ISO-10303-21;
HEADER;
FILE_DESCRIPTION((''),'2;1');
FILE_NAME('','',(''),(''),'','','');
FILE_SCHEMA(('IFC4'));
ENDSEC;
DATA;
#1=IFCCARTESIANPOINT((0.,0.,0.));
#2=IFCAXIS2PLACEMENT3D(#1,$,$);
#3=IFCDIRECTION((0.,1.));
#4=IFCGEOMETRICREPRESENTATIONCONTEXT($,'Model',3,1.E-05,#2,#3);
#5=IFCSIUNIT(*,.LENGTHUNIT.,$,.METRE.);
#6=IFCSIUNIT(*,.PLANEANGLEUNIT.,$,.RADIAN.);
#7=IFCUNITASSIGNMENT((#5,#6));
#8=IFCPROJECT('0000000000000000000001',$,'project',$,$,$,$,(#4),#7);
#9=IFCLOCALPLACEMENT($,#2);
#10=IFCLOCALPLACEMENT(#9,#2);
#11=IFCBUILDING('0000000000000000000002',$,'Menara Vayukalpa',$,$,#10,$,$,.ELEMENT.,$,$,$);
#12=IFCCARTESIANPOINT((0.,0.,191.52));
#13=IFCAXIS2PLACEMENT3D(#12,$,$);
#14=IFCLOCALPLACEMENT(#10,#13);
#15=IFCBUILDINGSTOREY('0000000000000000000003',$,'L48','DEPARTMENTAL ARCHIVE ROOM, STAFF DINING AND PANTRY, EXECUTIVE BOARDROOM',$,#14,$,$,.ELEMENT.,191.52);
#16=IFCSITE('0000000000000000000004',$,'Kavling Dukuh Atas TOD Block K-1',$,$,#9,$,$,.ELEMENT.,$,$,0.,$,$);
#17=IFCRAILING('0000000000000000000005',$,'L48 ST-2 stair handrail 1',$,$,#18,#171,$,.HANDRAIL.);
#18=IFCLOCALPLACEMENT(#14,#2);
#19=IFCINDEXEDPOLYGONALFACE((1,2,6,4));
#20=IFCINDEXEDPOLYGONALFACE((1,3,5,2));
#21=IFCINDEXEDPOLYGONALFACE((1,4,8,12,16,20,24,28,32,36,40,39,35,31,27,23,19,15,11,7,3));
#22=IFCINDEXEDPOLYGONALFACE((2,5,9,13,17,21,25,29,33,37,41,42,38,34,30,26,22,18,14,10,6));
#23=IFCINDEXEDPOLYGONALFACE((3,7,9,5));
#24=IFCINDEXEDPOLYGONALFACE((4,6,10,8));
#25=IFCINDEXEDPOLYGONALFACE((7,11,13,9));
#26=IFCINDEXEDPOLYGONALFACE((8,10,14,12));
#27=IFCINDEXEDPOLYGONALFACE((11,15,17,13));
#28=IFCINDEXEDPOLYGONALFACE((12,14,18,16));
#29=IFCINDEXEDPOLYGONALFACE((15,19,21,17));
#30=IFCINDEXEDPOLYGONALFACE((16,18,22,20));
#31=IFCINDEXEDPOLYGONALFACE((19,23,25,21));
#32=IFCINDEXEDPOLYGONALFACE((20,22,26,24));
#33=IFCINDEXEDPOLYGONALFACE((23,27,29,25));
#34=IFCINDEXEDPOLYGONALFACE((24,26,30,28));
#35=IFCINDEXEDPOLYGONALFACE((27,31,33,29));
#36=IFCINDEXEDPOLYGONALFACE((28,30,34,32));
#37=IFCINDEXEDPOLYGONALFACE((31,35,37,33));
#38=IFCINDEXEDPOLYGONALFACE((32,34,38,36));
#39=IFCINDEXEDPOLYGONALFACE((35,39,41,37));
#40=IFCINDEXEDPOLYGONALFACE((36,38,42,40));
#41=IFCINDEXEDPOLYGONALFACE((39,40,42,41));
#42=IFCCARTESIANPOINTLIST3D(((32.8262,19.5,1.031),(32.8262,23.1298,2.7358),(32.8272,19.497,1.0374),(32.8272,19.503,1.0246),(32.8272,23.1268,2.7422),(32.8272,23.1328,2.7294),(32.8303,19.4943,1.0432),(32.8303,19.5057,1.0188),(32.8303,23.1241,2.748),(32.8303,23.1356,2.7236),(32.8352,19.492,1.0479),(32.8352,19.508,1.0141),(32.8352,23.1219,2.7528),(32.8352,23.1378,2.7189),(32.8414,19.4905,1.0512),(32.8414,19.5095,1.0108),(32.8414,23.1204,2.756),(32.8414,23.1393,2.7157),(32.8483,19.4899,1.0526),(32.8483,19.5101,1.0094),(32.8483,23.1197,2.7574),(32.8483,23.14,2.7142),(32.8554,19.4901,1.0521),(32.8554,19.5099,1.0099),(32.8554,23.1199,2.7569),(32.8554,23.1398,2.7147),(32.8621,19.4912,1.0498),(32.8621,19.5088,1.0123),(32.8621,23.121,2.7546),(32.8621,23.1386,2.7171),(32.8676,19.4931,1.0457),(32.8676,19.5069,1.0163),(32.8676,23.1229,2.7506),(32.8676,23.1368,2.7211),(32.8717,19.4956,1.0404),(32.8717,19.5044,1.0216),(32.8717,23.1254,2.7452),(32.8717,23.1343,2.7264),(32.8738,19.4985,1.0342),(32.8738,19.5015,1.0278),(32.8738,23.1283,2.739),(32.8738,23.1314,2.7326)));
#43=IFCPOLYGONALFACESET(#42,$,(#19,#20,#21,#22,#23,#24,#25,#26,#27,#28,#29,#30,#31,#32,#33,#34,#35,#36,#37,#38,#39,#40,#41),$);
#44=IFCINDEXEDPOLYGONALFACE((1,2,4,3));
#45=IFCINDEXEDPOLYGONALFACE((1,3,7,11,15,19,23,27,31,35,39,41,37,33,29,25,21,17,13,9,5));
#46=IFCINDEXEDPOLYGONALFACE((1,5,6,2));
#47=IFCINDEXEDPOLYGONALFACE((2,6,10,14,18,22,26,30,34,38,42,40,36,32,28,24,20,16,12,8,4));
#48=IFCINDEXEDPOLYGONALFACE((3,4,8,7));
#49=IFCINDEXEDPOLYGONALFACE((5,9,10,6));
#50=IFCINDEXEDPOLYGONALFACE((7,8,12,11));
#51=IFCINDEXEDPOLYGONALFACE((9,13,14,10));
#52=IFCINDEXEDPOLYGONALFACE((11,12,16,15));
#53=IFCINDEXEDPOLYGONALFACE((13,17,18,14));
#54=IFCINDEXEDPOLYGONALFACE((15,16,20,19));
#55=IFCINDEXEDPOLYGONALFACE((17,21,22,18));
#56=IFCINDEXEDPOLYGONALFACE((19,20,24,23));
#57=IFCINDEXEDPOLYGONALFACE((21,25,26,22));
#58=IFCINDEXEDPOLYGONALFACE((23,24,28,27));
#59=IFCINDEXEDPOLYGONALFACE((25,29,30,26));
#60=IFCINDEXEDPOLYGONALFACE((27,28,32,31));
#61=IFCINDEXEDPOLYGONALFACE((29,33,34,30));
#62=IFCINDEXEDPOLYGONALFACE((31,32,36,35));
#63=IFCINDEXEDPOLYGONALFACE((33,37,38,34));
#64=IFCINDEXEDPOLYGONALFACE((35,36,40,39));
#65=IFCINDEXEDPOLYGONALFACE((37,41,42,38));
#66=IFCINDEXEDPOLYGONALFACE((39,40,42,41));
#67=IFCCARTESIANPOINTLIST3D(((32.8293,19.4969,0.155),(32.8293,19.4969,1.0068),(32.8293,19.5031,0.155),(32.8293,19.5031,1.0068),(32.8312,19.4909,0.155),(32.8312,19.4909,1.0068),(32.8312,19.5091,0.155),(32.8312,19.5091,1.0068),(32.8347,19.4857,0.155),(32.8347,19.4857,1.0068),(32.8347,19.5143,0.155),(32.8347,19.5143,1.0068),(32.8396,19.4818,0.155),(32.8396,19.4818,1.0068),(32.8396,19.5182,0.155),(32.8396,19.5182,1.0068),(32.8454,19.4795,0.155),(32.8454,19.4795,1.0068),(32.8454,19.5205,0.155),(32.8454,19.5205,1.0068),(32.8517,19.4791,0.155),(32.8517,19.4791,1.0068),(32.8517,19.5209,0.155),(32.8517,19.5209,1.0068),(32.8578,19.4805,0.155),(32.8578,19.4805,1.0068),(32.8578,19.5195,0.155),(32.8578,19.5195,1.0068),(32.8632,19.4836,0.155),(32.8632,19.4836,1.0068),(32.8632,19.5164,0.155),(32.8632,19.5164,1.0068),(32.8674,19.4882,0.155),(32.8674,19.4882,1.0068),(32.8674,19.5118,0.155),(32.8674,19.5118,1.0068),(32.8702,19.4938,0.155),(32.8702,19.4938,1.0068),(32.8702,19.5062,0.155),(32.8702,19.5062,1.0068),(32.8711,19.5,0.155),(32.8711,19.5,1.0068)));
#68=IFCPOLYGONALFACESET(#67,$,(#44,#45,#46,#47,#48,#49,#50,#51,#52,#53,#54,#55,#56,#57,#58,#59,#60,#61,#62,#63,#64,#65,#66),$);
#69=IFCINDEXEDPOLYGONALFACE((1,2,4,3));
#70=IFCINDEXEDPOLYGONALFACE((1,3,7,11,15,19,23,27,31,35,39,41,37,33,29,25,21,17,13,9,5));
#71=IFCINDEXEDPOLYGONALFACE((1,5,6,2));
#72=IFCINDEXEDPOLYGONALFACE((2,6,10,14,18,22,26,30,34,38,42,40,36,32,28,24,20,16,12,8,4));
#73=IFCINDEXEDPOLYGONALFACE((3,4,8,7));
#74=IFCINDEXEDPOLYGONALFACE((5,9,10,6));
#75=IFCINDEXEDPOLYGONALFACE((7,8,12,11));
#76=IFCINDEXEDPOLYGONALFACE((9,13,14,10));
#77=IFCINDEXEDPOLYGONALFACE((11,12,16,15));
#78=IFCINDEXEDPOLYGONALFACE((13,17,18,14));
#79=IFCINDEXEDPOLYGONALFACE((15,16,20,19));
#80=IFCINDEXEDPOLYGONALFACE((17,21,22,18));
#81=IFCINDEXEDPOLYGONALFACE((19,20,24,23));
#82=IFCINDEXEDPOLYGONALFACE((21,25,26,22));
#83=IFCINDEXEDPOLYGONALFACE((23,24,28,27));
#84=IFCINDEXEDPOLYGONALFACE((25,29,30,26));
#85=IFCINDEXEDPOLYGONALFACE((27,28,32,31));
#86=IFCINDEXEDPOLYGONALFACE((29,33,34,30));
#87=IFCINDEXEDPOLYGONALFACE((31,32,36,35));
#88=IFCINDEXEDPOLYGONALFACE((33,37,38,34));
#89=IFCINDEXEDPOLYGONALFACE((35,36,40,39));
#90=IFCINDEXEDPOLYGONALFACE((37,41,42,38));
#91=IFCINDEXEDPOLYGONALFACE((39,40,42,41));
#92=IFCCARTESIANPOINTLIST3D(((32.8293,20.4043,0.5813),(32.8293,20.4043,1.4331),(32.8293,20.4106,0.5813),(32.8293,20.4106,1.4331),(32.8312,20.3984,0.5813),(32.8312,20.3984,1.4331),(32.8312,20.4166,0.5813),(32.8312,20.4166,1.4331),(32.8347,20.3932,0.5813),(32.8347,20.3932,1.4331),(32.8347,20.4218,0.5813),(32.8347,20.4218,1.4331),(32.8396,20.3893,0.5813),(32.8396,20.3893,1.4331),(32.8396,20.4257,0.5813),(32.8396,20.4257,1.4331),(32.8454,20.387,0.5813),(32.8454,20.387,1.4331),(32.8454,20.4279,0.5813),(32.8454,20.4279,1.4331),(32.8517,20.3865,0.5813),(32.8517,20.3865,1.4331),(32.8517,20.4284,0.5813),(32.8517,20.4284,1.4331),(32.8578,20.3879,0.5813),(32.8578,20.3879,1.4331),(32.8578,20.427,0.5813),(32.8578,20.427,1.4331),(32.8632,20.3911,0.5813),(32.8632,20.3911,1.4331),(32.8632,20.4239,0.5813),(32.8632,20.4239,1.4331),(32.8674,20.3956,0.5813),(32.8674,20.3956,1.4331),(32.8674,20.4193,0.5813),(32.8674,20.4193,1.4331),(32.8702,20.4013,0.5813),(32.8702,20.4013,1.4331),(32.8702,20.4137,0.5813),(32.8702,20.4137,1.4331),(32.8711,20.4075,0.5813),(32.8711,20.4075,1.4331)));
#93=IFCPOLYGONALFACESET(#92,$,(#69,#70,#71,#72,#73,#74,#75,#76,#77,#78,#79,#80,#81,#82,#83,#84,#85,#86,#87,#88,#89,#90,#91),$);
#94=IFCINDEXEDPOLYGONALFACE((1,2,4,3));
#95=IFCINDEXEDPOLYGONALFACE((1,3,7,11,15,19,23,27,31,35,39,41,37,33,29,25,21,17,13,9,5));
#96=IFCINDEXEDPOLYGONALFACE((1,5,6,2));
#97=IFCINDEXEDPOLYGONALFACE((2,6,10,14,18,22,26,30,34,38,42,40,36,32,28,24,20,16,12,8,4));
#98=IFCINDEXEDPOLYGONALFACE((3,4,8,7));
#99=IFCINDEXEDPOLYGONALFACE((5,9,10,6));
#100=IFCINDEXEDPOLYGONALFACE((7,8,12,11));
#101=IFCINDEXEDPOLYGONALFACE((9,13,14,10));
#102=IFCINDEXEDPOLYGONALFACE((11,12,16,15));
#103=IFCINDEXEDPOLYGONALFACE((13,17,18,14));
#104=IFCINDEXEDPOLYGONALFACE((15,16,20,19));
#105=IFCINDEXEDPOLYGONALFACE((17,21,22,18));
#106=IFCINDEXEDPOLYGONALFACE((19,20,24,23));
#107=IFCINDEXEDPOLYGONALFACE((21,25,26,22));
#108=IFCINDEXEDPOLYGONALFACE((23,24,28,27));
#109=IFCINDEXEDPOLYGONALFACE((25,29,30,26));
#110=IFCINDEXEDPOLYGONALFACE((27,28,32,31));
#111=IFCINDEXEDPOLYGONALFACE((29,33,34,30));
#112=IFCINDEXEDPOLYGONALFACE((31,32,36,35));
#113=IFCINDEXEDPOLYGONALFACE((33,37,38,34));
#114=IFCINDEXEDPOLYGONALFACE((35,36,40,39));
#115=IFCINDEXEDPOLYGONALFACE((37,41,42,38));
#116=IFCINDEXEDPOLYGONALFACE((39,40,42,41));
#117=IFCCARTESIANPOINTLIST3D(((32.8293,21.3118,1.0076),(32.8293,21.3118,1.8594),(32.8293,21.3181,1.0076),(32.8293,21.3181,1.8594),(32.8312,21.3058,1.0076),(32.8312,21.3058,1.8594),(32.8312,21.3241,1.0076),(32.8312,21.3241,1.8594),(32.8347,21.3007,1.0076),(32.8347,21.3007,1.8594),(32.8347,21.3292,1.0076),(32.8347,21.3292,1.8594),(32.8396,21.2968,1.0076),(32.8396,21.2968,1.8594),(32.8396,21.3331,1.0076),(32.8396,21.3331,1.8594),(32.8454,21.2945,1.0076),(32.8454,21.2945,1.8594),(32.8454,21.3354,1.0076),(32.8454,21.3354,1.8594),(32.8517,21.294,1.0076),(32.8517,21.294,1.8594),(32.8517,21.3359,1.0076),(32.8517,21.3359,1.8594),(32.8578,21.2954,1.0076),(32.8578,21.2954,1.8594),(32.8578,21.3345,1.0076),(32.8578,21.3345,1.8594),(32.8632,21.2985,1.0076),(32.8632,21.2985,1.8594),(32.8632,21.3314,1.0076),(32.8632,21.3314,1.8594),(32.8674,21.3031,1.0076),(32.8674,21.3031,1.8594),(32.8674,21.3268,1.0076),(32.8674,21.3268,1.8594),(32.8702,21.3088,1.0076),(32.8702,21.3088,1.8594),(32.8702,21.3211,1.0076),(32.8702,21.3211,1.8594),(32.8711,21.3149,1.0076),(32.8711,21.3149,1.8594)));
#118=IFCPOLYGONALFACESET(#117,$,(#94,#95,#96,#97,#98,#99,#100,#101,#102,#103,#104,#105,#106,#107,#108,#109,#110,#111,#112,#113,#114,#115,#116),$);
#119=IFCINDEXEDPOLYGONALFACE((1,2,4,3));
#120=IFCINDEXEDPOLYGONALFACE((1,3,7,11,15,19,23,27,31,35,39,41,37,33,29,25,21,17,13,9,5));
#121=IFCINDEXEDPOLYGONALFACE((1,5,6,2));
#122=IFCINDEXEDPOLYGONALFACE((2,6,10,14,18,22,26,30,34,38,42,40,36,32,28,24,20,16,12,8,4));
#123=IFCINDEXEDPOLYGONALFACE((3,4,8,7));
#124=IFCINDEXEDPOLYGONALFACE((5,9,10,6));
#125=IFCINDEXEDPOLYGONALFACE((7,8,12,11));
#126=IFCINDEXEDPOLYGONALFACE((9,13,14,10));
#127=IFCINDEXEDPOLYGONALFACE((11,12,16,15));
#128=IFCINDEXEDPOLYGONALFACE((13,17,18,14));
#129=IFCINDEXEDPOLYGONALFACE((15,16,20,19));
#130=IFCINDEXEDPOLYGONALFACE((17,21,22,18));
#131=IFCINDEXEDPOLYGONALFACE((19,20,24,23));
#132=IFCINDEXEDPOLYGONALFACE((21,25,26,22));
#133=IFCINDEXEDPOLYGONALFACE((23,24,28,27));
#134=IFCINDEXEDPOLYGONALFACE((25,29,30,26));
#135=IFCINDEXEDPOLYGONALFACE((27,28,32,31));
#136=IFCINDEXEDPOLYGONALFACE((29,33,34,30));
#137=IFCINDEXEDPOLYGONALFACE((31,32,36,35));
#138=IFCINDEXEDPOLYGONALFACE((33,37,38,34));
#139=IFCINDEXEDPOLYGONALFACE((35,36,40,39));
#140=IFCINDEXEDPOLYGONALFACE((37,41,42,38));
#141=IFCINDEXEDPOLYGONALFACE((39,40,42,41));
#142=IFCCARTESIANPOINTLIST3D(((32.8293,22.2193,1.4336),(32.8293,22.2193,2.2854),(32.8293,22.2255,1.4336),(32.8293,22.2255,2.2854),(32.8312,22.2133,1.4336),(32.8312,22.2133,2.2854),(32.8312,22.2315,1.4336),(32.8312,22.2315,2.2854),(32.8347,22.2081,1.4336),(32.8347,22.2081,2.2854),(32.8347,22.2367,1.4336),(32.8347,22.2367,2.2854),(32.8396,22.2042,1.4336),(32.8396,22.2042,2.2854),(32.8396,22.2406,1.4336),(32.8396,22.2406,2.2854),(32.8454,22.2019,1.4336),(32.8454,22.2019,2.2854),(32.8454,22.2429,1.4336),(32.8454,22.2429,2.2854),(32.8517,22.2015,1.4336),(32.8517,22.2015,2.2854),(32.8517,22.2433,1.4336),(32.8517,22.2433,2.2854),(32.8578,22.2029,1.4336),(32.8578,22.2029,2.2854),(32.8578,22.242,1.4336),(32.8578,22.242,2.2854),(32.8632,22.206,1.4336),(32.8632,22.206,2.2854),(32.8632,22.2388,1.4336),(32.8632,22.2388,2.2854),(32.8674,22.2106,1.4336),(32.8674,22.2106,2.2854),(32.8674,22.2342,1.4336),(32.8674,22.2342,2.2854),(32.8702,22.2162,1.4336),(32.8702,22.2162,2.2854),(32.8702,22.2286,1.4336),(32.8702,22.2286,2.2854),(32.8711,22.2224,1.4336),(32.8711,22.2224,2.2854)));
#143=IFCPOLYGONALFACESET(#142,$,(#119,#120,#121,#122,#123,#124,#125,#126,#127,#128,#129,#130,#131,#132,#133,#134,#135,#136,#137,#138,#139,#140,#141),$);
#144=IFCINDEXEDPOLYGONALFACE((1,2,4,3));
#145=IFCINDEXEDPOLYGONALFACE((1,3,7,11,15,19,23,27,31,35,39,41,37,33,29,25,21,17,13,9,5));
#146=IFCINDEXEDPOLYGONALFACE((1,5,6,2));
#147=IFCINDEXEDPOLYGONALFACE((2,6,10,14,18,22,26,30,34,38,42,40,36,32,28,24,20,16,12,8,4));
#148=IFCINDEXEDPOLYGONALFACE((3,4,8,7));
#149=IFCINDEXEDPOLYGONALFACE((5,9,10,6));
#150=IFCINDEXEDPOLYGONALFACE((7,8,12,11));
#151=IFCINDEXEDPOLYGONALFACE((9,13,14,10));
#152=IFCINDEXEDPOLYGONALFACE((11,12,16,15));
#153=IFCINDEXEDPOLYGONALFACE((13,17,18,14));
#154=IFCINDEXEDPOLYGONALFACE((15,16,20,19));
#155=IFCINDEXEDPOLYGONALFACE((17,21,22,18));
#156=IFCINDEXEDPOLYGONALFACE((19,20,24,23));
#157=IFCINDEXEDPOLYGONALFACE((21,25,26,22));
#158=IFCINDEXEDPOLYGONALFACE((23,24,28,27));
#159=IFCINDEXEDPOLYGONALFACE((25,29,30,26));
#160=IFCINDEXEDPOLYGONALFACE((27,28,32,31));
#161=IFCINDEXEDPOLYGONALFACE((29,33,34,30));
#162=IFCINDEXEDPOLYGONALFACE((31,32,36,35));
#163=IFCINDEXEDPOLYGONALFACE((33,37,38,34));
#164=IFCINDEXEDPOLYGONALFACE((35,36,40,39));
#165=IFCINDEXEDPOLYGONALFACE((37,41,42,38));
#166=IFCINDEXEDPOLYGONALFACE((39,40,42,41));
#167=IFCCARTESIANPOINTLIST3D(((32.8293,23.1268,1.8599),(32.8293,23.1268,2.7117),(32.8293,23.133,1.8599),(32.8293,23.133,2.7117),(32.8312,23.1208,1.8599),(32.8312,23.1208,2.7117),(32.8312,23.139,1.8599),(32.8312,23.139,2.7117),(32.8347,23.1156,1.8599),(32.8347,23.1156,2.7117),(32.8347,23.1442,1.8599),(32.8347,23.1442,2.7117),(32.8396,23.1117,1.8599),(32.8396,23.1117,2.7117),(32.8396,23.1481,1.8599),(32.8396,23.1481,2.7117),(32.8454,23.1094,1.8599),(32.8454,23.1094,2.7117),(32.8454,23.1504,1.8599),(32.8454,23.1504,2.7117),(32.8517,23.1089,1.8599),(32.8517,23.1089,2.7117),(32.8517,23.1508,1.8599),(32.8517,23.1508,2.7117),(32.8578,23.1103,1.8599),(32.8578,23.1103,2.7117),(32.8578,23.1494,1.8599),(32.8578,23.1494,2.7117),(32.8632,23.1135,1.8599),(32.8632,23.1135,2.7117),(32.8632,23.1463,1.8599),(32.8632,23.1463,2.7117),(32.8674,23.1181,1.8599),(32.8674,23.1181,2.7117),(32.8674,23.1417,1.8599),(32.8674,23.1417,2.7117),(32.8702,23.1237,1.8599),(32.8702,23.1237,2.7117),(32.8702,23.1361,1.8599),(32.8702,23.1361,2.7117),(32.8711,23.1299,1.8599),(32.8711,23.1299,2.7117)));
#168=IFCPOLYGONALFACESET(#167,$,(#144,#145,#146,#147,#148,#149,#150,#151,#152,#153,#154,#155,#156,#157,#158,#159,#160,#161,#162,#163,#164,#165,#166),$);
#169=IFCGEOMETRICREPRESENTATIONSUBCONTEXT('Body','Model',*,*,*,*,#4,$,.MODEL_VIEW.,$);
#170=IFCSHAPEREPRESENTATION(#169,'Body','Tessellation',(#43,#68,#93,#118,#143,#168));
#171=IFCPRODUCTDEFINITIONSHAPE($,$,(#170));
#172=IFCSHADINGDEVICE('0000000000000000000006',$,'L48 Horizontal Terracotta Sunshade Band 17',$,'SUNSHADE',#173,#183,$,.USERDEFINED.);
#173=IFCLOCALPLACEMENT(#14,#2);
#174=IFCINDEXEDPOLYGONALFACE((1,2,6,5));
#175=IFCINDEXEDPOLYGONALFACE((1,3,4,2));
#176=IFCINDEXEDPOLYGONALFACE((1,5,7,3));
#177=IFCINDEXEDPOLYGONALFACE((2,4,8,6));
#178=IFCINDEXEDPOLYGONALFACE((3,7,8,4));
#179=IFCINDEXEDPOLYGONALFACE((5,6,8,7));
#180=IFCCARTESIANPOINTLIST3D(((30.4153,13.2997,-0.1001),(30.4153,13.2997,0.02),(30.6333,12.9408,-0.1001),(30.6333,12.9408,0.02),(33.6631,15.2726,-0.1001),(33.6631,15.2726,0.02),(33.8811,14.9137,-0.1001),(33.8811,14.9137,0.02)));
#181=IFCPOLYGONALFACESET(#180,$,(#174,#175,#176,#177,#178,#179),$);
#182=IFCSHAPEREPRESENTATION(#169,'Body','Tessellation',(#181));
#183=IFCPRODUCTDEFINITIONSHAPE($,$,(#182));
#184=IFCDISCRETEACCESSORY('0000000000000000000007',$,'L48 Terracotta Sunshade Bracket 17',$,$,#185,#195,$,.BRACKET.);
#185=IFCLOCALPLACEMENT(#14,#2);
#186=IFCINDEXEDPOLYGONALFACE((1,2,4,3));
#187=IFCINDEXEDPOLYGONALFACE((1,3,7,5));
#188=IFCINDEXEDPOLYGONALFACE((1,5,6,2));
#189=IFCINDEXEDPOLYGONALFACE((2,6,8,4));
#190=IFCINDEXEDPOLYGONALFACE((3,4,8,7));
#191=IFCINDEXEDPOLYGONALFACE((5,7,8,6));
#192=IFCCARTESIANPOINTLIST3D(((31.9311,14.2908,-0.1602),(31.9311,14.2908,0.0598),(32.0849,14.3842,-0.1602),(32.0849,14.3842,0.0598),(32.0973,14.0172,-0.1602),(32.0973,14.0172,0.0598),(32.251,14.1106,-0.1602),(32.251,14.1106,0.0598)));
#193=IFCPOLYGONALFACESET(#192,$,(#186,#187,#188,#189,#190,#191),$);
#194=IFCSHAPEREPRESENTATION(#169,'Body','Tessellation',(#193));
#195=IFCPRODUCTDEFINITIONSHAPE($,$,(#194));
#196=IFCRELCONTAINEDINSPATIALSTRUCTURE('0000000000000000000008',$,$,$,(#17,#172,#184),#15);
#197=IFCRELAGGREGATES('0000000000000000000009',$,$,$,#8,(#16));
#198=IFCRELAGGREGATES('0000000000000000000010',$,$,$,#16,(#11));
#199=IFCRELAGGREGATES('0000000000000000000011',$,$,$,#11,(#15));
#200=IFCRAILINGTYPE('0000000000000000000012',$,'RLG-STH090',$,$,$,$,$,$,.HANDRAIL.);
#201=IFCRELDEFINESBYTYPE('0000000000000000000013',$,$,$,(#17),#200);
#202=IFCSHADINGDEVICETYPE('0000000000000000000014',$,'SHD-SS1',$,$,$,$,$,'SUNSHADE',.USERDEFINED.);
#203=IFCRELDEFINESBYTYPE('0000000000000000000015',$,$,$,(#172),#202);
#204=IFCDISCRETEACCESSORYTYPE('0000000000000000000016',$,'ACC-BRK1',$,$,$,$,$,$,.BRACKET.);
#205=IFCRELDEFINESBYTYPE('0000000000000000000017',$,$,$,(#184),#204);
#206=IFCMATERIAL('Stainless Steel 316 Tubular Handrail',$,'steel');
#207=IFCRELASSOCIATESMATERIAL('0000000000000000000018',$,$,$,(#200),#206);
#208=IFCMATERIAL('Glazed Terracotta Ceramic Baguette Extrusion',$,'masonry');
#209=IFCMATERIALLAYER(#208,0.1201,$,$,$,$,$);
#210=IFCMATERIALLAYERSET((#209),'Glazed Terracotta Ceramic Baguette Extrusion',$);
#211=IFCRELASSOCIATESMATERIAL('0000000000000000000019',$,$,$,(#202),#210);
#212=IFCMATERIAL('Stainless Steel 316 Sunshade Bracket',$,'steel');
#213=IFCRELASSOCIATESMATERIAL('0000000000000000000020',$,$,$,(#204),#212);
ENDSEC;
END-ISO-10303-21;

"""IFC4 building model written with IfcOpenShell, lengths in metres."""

from ifc_helpers import new_model, si_unit, direction, frame, origin, origin_2d, place, context, subcontext, project, spatial, rectangle, circle, extrude, material, layer, layer_set, type_object, element, save


model = new_model("IFC4")

# Units and contexts
model_context = context("Model", 3, precision=1e-05, world=origin(), true_north=direction((0.0, 1.0)))
body_context = subcontext(model_context, "Body", "Model", "MODEL_VIEW")
ifc_project = project(units=[si_unit("LENGTHUNIT", "METRE"), si_unit("PLANEANGLEUNIT", "RADIAN")], contexts=[model_context])

# Site, building, storey
site_placement = place(None, origin())
site = spatial("IfcSite", under=ifc_project, at=site_placement, Name="Kavling Dukuh Atas TOD Block K-1", CompositionType="ELEMENT", RefElevation=0.0)
building_placement = place(site_placement, origin())
building = spatial("IfcBuilding", under=site, at=building_placement, Name="Menara Vayukalpa", CompositionType="ELEMENT")
storey_placement = place(building_placement, frame((0.0, 0.0, 191.52)))
storey = spatial("IfcBuildingStorey", under=building, at=storey_placement, Name="L48", Description="DEPARTMENTAL ARCHIVE ROOM, STAFF DINING AND PANTRY, EXECUTIVE BOARDROOM", CompositionType="ELEMENT", Elevation=191.52)

# Railing
ifc_material_1 = material(Name="Stainless Steel 316 Tubular Handrail", Category="steel")
railing_type_1 = type_object("IfcRailingType", Name="RLG-STH090", PredefinedType="HANDRAIL", material=ifc_material_1)
railing_1_placement = place(storey_placement, frame((32.8501, 19.5, 0.155)))
element("IfcRailing", 1, at=railing_1_placement, inside=storey, type_object=railing_type_1, Name="L48 ST-2 stair handrail 1", PredefinedType="HANDRAIL", context=body_context, shape_type="SweptSolid", body=[
    extrude(circle(Radius=0.0239, at=origin_2d()), frame((0.0, 0.0, 0.876), z_axis=(0.0, 0.90514, 0.425114), x_axis=(-1.0, 0.0, 0.0)), (0.0, 0.0, 1.0), 4.0103),
    extrude(circle(Radius=0.021, at=origin_2d()), origin(), (0.0, 0.0, 1.0), 0.8518),
    extrude(circle(Radius=0.021, at=origin_2d()), frame((0.0, 0.9075, 0.4263)), (0.0, 0.0, 1.0), 0.8518),
    extrude(circle(Radius=0.021, at=origin_2d()), frame((0.0, 1.8149, 0.8525)), (0.0, 0.0, 1.0), 0.8518),
    extrude(circle(Radius=0.021, at=origin_2d()), frame((0.0, 2.7224, 1.2786)), (0.0, 0.0, 1.0), 0.8518),
    extrude(circle(Radius=0.021, at=origin_2d()), frame((0.0, 3.6299, 1.7048)), (0.0, 0.0, 1.0), 0.8518),
])

# Shading device
ifc_material_2 = material(Name="Glazed Terracotta Ceramic Baguette Extrusion", Category="masonry")
ifc_layer_1 = layer(ifc_material_2, 0.1201)
ifc_layer_set_1 = layer_set([ifc_layer_1], Name="Glazed Terracotta Ceramic Baguette Extrusion")
shading_device_type = type_object("IfcShadingDeviceType", Name="SHD-SS1", ElementType="SUNSHADE", PredefinedType="USERDEFINED", material=ifc_layer_set_1)
shading_device_placement = place(storey_placement, frame((32.1482, 14.1067, -0.1001), z_axis=(0.0, 0.0, 1.0), x_axis=(0.854667, 0.519176, 0.0)))
element("IfcShadingDevice", 2, at=shading_device_placement, inside=storey, type_object=shading_device_type, Name="L48 Horizontal Terracotta Sunshade Band 17", ObjectType="SUNSHADE", PredefinedType="USERDEFINED", context=body_context, shape_type="SweptSolid", body=[
    extrude(rectangle(XDim=3.8, YDim=0.4199, at=origin_2d()), origin(), (0.0, 0.0, 1.0), 0.1201),
])

# Discrete accessory
ifc_material_3 = material(Name="Stainless Steel 316 Sunshade Bracket", Category="steel")
discrete_accessory_type = type_object("IfcDiscreteAccessoryType", Name="ACC-BRK1", PredefinedType="BRACKET", material=ifc_material_3)
discrete_accessory_placement = place(storey_placement, frame((32.0911, 14.2007, -0.1602), z_axis=(0.0, 0.0, 1.0), x_axis=(0.854667, 0.519176, 0.0)))
element("IfcDiscreteAccessory", 3, at=discrete_accessory_placement, inside=storey, type_object=discrete_accessory_type, Name="L48 Terracotta Sunshade Bracket 17", PredefinedType="BRACKET", context=body_context, shape_type="SweptSolid", body=[
    extrude(rectangle(XDim=0.1799, YDim=0.3201, at=origin_2d()), origin(), (0.0, 0.0, 1.0), 0.22),
])

save(model, "model.ifc")
